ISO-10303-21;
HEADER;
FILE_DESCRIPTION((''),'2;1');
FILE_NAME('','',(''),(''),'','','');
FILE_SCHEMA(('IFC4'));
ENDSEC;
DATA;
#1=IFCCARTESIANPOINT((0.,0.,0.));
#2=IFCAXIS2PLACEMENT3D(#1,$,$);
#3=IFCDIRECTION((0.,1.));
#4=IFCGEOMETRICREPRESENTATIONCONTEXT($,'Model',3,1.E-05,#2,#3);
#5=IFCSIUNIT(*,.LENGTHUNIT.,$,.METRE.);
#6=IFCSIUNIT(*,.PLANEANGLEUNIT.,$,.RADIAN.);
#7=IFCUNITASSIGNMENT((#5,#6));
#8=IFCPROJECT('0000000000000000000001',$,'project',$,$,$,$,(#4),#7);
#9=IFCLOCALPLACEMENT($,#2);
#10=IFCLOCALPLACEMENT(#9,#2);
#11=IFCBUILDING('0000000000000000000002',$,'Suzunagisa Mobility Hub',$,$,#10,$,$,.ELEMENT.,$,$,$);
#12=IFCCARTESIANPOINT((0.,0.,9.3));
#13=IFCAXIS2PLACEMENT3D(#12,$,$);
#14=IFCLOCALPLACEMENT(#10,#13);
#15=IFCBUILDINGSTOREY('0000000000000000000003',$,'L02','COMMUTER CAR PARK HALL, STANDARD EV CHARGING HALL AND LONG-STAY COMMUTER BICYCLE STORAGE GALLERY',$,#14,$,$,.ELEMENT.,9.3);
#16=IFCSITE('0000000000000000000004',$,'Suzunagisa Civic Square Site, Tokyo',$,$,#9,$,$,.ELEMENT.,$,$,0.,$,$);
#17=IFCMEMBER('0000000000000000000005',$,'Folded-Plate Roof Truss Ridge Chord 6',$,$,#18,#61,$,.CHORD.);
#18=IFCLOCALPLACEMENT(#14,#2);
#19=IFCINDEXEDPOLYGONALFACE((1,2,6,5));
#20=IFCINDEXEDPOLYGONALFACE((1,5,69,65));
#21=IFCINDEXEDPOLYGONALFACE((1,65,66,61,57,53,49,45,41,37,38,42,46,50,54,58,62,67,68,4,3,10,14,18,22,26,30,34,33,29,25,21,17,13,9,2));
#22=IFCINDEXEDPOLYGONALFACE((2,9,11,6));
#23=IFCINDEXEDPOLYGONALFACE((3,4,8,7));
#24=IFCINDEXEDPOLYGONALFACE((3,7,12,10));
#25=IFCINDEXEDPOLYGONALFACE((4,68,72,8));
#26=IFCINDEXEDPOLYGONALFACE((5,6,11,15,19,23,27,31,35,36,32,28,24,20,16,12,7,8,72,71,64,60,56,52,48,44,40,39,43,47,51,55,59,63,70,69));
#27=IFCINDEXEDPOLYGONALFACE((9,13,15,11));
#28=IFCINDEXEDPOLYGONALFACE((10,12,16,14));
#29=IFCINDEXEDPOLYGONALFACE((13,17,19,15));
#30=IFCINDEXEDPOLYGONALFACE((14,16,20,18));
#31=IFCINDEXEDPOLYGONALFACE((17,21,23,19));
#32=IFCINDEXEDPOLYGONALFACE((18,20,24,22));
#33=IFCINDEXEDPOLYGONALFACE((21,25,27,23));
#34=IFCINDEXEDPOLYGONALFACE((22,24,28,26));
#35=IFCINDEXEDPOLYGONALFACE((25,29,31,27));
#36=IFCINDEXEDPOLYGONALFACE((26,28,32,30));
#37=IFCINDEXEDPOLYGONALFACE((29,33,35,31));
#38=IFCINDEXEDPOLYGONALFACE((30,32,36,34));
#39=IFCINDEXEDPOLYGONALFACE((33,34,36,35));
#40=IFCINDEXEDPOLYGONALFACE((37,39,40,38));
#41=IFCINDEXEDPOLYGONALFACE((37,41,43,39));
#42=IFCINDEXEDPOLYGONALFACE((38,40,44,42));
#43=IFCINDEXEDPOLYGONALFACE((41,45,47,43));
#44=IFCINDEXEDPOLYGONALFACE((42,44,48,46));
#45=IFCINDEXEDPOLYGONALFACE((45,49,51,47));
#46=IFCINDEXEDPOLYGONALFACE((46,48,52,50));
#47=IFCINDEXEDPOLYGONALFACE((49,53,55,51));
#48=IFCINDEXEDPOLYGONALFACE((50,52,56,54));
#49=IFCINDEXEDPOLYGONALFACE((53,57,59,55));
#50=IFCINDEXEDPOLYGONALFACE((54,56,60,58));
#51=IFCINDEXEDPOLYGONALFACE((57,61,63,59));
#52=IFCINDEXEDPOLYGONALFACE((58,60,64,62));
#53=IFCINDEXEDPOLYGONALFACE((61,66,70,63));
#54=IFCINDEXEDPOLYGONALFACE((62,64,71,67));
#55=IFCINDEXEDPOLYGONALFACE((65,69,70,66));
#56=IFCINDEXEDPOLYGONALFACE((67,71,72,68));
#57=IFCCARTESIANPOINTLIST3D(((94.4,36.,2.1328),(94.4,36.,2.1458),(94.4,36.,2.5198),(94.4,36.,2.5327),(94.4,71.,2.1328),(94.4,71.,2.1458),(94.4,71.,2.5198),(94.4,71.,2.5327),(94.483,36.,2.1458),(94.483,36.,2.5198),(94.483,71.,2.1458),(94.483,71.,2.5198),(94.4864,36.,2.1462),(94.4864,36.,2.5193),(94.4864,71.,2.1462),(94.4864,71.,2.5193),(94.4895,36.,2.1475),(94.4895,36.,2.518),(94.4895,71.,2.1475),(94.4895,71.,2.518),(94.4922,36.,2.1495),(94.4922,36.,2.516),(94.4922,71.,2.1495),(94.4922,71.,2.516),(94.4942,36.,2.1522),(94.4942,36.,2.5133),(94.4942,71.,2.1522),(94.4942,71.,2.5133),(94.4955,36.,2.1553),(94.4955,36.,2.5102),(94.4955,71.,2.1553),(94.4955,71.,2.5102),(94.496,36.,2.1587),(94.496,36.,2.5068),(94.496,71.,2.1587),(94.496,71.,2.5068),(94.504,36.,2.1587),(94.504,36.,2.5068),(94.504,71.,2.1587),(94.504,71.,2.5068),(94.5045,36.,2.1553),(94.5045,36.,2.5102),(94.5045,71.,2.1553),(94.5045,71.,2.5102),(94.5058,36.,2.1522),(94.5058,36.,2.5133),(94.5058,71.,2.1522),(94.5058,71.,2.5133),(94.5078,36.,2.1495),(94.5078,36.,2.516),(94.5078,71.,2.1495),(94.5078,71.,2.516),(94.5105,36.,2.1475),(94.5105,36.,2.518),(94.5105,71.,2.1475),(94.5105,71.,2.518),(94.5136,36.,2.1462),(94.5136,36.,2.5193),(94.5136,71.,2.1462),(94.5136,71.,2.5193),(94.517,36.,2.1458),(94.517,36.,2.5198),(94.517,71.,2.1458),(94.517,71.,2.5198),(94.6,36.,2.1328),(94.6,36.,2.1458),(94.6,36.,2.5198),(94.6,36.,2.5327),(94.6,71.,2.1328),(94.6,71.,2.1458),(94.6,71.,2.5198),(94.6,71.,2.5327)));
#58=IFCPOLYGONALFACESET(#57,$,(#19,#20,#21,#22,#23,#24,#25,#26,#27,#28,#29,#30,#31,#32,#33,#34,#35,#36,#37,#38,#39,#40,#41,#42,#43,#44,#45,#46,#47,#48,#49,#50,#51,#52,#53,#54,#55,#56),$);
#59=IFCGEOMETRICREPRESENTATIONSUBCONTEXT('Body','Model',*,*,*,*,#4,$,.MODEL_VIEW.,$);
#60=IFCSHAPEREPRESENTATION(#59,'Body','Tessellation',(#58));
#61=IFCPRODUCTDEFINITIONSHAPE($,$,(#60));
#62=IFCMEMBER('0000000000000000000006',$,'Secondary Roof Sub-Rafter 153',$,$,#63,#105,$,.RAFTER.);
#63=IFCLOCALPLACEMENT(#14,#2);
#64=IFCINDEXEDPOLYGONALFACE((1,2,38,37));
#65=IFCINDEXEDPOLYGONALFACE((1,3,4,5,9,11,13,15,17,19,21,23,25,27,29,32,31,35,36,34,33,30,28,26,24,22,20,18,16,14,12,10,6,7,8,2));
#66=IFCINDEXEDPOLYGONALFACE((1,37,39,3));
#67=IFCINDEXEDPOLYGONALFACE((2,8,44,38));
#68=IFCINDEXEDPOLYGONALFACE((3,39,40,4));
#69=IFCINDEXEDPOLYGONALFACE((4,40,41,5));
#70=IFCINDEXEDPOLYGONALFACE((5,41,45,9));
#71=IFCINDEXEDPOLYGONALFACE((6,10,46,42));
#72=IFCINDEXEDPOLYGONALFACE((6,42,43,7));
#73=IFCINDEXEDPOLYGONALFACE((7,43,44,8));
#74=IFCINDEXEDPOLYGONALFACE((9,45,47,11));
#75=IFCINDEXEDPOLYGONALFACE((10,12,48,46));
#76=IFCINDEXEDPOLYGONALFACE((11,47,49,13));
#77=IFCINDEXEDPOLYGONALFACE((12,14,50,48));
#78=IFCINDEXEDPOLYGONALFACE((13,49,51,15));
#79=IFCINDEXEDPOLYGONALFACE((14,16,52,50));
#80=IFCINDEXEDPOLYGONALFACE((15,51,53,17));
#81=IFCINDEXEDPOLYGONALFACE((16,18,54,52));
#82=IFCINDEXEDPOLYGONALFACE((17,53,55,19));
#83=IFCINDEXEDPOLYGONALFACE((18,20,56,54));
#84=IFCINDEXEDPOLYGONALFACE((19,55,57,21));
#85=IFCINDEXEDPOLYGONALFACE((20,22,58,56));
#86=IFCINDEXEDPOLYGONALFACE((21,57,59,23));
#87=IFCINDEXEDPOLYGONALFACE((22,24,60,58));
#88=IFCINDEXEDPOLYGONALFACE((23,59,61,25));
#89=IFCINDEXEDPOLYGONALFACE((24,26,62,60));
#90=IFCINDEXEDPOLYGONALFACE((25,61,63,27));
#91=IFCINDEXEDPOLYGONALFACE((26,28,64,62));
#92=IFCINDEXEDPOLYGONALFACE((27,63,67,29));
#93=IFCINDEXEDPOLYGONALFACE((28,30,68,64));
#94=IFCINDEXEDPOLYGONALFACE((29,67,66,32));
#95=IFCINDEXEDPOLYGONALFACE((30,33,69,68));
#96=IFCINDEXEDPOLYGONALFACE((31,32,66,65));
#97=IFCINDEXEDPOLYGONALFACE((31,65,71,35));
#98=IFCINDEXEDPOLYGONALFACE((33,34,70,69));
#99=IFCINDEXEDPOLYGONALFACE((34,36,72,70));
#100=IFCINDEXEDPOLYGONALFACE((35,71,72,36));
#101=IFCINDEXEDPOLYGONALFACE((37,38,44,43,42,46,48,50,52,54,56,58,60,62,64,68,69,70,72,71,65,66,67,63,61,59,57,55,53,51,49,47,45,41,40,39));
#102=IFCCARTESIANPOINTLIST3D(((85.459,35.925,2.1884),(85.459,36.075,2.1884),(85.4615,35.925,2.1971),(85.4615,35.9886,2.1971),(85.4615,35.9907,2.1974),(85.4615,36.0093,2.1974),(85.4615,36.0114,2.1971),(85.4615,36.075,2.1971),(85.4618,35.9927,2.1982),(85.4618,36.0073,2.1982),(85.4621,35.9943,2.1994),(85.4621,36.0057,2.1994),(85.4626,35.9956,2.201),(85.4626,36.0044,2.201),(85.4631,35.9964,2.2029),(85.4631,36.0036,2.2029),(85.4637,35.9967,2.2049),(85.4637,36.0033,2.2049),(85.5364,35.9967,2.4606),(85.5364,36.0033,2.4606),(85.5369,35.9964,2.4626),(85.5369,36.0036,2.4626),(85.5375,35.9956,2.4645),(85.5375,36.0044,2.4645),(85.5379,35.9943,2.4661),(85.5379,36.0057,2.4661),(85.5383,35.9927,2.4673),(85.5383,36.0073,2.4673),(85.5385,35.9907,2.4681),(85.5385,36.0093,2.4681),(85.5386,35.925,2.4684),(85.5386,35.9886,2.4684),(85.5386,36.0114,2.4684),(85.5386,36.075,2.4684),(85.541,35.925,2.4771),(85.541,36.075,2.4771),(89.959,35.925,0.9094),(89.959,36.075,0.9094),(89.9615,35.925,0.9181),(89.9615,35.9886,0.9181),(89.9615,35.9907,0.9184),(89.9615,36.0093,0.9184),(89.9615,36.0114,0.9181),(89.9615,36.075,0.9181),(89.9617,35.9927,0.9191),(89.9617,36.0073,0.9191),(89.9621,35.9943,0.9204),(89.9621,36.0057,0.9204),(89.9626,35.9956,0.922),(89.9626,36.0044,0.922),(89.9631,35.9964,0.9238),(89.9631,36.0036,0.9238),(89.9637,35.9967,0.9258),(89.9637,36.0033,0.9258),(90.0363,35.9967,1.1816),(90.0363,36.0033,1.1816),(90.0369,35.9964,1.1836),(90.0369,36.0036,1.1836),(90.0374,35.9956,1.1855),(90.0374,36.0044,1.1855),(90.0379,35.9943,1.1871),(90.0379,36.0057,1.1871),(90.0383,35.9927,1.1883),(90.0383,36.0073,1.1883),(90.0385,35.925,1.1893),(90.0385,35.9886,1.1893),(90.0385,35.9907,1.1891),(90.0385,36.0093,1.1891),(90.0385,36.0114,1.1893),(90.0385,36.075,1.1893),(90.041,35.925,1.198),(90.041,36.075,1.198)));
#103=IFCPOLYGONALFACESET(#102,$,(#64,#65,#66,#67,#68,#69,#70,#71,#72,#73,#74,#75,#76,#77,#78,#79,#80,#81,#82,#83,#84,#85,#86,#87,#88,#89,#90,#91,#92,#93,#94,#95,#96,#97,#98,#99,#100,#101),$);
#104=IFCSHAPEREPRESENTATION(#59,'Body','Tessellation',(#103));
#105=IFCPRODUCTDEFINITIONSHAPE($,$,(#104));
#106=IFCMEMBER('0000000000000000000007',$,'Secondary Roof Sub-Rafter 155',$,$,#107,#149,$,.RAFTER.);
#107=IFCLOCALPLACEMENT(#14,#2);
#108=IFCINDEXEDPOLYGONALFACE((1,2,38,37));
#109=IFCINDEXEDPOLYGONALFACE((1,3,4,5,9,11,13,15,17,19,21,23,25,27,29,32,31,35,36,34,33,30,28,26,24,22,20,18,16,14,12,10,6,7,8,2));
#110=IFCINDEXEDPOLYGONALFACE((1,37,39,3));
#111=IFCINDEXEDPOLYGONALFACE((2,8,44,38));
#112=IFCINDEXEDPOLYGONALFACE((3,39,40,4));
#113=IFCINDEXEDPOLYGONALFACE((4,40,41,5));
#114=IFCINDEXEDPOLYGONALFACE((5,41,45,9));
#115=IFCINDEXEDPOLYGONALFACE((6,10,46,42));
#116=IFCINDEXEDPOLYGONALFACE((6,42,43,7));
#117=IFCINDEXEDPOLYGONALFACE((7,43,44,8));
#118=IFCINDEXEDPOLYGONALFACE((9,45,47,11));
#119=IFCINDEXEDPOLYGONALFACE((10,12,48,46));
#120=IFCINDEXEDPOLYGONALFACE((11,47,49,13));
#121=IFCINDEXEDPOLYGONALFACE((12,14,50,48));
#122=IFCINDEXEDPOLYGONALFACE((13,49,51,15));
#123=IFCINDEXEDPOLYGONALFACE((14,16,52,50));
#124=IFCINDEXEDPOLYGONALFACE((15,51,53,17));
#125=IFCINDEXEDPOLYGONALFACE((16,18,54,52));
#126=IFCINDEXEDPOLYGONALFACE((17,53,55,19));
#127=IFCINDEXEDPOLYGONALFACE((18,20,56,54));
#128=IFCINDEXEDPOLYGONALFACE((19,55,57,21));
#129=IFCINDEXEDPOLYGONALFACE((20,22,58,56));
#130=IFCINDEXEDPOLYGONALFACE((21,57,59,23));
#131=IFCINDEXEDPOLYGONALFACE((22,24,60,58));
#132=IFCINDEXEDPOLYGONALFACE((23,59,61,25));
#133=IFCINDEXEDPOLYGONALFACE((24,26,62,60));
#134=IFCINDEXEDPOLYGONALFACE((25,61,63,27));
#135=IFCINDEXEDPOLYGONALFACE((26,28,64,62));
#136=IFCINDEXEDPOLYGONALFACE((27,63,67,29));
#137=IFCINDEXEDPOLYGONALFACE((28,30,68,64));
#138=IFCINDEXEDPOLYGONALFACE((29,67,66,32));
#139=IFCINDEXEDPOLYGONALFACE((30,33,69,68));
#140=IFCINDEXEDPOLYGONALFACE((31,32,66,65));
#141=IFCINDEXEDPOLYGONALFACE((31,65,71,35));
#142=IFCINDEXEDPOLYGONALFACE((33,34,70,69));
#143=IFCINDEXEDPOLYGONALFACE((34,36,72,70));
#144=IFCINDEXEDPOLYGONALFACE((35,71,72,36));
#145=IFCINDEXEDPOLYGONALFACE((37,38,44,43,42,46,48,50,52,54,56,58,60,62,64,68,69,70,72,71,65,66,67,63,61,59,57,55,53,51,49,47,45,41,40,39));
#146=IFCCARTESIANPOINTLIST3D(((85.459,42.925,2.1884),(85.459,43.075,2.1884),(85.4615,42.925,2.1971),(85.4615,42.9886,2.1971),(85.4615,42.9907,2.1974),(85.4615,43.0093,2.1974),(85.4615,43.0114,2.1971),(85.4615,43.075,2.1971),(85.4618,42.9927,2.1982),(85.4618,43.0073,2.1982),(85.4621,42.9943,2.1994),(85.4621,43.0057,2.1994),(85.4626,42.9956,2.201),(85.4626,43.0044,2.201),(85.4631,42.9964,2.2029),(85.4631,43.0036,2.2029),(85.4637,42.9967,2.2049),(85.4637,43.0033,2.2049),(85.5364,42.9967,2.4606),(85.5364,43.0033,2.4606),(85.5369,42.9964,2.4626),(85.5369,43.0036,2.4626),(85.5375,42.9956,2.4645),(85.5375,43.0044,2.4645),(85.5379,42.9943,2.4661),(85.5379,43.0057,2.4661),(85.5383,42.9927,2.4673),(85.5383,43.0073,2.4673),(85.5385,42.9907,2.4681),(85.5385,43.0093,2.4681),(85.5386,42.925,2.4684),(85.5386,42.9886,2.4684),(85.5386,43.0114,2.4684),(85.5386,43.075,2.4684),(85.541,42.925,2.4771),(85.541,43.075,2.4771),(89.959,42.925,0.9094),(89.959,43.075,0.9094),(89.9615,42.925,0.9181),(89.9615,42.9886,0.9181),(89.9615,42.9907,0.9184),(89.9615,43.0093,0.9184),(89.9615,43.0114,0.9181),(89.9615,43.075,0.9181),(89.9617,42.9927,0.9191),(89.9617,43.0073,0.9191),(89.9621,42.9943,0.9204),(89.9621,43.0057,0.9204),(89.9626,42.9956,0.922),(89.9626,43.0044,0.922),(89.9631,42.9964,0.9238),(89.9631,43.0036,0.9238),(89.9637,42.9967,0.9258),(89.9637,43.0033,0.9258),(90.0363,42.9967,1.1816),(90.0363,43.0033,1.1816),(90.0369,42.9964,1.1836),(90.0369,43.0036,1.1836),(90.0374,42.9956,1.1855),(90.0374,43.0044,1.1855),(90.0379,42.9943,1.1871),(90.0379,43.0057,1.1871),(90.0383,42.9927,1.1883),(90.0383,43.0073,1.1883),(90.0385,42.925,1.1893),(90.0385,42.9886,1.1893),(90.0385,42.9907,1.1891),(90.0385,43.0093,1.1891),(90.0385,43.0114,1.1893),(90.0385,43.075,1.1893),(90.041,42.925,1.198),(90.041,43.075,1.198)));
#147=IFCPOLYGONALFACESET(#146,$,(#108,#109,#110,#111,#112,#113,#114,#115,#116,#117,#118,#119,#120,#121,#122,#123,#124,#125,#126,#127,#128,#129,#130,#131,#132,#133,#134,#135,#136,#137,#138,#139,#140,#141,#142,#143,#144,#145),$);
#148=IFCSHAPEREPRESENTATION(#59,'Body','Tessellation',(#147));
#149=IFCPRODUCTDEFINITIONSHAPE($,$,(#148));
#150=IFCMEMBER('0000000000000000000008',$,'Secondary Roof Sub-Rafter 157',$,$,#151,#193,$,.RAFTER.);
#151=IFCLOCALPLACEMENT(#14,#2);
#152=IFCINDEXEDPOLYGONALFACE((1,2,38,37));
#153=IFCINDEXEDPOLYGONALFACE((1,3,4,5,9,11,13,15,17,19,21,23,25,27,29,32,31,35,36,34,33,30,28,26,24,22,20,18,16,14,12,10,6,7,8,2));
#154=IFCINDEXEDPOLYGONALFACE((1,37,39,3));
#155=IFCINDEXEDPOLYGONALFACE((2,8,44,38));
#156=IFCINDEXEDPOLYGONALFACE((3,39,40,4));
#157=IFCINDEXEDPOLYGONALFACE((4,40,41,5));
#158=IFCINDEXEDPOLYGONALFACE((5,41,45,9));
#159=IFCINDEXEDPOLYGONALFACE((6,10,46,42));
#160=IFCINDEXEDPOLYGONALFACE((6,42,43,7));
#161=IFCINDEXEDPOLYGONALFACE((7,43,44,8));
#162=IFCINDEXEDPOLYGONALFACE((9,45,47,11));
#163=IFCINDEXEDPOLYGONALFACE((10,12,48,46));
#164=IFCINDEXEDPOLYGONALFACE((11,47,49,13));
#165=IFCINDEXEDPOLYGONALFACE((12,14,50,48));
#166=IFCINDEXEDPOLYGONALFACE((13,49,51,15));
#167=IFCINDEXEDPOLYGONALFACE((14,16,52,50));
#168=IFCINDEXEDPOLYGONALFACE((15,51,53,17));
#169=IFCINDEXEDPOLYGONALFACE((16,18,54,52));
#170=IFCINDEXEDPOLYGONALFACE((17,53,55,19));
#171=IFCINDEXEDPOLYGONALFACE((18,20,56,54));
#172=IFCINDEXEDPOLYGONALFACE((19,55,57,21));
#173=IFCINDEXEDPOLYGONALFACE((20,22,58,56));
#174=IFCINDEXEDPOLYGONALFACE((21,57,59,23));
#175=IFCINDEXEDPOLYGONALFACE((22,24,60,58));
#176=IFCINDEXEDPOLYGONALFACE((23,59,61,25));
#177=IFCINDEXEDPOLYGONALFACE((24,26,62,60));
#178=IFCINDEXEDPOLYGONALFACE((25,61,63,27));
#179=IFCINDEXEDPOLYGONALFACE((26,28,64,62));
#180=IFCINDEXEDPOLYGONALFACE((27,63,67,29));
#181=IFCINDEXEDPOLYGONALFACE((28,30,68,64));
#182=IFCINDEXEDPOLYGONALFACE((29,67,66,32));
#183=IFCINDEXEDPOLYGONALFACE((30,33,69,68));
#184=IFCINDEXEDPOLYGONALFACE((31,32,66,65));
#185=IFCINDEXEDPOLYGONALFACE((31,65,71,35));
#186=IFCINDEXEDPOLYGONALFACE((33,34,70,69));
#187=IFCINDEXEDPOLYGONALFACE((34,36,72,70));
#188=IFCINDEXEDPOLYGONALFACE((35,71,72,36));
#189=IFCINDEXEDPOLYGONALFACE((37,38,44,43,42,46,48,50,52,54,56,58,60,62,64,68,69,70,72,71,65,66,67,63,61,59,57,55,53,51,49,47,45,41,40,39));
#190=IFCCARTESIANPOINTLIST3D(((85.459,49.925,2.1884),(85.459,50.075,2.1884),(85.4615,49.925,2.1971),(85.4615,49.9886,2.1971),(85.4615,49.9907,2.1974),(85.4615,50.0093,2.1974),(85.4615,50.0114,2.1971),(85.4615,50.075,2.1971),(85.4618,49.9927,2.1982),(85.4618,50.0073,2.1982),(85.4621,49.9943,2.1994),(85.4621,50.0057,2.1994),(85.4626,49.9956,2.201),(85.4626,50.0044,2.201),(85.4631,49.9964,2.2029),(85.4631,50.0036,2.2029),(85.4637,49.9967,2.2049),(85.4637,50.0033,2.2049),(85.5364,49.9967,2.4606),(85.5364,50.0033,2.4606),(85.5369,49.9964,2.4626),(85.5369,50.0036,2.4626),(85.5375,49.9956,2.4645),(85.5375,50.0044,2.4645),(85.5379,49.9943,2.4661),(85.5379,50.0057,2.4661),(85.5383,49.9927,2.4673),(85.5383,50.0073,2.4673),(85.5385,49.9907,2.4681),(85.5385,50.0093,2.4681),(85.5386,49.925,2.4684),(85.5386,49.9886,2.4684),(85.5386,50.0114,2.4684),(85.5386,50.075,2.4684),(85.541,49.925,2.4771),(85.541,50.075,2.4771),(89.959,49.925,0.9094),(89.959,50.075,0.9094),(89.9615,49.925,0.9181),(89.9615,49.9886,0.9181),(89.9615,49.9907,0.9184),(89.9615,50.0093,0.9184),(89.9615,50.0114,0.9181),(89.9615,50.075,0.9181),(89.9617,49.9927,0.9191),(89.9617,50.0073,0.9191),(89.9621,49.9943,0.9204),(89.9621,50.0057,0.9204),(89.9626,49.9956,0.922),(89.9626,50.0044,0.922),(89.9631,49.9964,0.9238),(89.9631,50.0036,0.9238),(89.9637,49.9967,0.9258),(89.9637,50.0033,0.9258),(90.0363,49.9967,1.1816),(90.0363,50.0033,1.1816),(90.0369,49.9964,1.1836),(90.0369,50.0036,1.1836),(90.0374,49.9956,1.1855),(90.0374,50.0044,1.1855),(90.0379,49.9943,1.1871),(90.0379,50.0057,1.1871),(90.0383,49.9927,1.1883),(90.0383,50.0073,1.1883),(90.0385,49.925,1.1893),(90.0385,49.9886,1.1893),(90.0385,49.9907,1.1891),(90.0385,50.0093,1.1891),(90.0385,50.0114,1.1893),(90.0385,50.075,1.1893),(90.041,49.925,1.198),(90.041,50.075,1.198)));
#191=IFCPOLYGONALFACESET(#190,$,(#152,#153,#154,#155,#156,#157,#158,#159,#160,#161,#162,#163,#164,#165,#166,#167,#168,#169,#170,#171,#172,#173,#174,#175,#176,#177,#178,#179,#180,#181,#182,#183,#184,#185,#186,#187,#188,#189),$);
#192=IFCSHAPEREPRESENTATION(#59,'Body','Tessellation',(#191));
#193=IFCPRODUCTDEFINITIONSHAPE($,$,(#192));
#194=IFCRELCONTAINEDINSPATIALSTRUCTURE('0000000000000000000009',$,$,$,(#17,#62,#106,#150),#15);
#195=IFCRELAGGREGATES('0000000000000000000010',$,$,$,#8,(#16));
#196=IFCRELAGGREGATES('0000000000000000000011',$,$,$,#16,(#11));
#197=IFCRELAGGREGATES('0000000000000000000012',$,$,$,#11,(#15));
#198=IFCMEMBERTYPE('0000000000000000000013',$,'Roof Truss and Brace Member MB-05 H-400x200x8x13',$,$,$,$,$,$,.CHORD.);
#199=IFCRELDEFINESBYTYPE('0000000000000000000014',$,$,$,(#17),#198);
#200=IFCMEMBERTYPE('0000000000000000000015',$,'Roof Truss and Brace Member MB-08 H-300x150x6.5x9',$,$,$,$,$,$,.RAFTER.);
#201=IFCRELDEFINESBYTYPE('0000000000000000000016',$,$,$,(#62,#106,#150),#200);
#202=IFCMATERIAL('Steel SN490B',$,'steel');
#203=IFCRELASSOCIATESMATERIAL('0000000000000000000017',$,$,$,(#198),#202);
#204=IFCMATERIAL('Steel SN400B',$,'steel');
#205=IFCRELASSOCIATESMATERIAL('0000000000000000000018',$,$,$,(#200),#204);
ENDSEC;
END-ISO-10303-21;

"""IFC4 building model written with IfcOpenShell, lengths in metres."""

from ifc_helpers import new_model, si_unit, direction, frame, origin, origin_2d, place, context, subcontext, project, spatial, i_section, extrude, material, material_profile, profile_set, type_object, element, save


model = new_model("IFC4")

# Units and contexts
model_context = context("Model", 3, precision=1e-05, world=origin(), true_north=direction((0.0, 1.0)))
body_context = subcontext(model_context, "Body", "Model", "MODEL_VIEW")
ifc_project = project(units=[si_unit("LENGTHUNIT", "METRE"), si_unit("PLANEANGLEUNIT", "RADIAN")], contexts=[model_context])

# Site, building, storey
site_placement = place(None, origin())
site = spatial("IfcSite", under=ifc_project, at=site_placement, Name="Suzunagisa Civic Square Site, Tokyo", CompositionType="ELEMENT", RefElevation=0.0)
building_placement = place(site_placement, origin())
building = spatial("IfcBuilding", under=site, at=building_placement, Name="Suzunagisa Mobility Hub", CompositionType="ELEMENT")
storey_placement = place(building_placement, frame((0.0, 0.0, 9.3)))
storey = spatial("IfcBuildingStorey", under=building, at=storey_placement, Name="L02", Description="COMMUTER CAR PARK HALL, STANDARD EV CHARGING HALL AND LONG-STAY COMMUTER BICYCLE STORAGE GALLERY", CompositionType="ELEMENT", Elevation=9.3)

# Shared definitions
ifc_material_1 = material(Name="Steel SN490B", Category="steel")

# Members
ifc_material_profile_1 = material_profile(ifc_material_1, i_section(OverallWidth=0.2, OverallDepth=0.3999, WebThickness=0.0081, FlangeThickness=0.0129, FilletRadius=0.0129, at=origin_2d()), Name="H-400x200x8x13")
ifc_profile_set_1 = profile_set([ifc_material_profile_1], Name="Steel SN490B")
member_type_1 = type_object("IfcMemberType", Name="Roof Truss and Brace Member MB-05 H-400x200x8x13", PredefinedType="CHORD", material=ifc_profile_set_1)
member_placement = place(storey_placement, frame((94.5, 36.0, 2.3328), z_axis=(0.0, 1.0, 0.0), x_axis=(-1.0, 0.0, 0.0)))
element("IfcMember", 1, at=member_placement, inside=storey, type_object=member_type_1, Name="Folded-Plate Roof Truss Ridge Chord 6", PredefinedType="CHORD", context=body_context, shape_type="SweptSolid", body=[
    extrude(i_section(OverallWidth=0.2, OverallDepth=0.3999, WebThickness=0.0081, FlangeThickness=0.0129, FilletRadius=0.0129, at=origin_2d()), origin(), (0.0, 0.0, 1.0), 35.0),
])
ifc_material_2 = material(Name="Steel SN400B", Category="steel")
ifc_material_profile_2 = material_profile(ifc_material_2, i_section(OverallWidth=0.1499, OverallDepth=0.3, WebThickness=0.0066, FlangeThickness=0.009, FilletRadius=0.0081, at=origin_2d()), Name="H-300x150x6.5x9")
ifc_profile_set_2 = profile_set([ifc_material_profile_2], Name="Steel SN400B")
member_type_2 = type_object("IfcMemberType", Name="Roof Truss and Brace Member MB-08 H-300x150x6.5x9", PredefinedType="RAFTER", material=ifc_profile_set_2)
for number, where, z_axis, x_axis, name in (
    (2, (90.0, 36.0, 1.0537), (-0.961899, 0.0, 0.273404), (0.0, -1.0, 0.0), "Secondary Roof Sub-Rafter 153"),
    (3, (90.0, 43.0, 1.0537), (-0.961899, 0.0, 0.273404), (0.0, -1.0, 0.0), "Secondary Roof Sub-Rafter 155"),
    (4, (90.0, 50.0, 1.0537), (-0.961899, 0.0, 0.273404), (0.0, -1.0, 0.0), "Secondary Roof Sub-Rafter 157"),
):
    element("IfcMember", number, at=place(storey_placement, frame(where, z_axis=z_axis, x_axis=x_axis)), inside=storey, type_object=member_type_2, Name=name, PredefinedType="RAFTER", context=body_context, shape_type="SweptSolid", body=[
        extrude(i_section(OverallWidth=0.1499, OverallDepth=0.3, WebThickness=0.0066, FlangeThickness=0.009, FilletRadius=0.0081, at=origin_2d()), origin(), (0.0, 0.0, 1.0), 4.6782),
    ])

save(model, "model.ifc")
